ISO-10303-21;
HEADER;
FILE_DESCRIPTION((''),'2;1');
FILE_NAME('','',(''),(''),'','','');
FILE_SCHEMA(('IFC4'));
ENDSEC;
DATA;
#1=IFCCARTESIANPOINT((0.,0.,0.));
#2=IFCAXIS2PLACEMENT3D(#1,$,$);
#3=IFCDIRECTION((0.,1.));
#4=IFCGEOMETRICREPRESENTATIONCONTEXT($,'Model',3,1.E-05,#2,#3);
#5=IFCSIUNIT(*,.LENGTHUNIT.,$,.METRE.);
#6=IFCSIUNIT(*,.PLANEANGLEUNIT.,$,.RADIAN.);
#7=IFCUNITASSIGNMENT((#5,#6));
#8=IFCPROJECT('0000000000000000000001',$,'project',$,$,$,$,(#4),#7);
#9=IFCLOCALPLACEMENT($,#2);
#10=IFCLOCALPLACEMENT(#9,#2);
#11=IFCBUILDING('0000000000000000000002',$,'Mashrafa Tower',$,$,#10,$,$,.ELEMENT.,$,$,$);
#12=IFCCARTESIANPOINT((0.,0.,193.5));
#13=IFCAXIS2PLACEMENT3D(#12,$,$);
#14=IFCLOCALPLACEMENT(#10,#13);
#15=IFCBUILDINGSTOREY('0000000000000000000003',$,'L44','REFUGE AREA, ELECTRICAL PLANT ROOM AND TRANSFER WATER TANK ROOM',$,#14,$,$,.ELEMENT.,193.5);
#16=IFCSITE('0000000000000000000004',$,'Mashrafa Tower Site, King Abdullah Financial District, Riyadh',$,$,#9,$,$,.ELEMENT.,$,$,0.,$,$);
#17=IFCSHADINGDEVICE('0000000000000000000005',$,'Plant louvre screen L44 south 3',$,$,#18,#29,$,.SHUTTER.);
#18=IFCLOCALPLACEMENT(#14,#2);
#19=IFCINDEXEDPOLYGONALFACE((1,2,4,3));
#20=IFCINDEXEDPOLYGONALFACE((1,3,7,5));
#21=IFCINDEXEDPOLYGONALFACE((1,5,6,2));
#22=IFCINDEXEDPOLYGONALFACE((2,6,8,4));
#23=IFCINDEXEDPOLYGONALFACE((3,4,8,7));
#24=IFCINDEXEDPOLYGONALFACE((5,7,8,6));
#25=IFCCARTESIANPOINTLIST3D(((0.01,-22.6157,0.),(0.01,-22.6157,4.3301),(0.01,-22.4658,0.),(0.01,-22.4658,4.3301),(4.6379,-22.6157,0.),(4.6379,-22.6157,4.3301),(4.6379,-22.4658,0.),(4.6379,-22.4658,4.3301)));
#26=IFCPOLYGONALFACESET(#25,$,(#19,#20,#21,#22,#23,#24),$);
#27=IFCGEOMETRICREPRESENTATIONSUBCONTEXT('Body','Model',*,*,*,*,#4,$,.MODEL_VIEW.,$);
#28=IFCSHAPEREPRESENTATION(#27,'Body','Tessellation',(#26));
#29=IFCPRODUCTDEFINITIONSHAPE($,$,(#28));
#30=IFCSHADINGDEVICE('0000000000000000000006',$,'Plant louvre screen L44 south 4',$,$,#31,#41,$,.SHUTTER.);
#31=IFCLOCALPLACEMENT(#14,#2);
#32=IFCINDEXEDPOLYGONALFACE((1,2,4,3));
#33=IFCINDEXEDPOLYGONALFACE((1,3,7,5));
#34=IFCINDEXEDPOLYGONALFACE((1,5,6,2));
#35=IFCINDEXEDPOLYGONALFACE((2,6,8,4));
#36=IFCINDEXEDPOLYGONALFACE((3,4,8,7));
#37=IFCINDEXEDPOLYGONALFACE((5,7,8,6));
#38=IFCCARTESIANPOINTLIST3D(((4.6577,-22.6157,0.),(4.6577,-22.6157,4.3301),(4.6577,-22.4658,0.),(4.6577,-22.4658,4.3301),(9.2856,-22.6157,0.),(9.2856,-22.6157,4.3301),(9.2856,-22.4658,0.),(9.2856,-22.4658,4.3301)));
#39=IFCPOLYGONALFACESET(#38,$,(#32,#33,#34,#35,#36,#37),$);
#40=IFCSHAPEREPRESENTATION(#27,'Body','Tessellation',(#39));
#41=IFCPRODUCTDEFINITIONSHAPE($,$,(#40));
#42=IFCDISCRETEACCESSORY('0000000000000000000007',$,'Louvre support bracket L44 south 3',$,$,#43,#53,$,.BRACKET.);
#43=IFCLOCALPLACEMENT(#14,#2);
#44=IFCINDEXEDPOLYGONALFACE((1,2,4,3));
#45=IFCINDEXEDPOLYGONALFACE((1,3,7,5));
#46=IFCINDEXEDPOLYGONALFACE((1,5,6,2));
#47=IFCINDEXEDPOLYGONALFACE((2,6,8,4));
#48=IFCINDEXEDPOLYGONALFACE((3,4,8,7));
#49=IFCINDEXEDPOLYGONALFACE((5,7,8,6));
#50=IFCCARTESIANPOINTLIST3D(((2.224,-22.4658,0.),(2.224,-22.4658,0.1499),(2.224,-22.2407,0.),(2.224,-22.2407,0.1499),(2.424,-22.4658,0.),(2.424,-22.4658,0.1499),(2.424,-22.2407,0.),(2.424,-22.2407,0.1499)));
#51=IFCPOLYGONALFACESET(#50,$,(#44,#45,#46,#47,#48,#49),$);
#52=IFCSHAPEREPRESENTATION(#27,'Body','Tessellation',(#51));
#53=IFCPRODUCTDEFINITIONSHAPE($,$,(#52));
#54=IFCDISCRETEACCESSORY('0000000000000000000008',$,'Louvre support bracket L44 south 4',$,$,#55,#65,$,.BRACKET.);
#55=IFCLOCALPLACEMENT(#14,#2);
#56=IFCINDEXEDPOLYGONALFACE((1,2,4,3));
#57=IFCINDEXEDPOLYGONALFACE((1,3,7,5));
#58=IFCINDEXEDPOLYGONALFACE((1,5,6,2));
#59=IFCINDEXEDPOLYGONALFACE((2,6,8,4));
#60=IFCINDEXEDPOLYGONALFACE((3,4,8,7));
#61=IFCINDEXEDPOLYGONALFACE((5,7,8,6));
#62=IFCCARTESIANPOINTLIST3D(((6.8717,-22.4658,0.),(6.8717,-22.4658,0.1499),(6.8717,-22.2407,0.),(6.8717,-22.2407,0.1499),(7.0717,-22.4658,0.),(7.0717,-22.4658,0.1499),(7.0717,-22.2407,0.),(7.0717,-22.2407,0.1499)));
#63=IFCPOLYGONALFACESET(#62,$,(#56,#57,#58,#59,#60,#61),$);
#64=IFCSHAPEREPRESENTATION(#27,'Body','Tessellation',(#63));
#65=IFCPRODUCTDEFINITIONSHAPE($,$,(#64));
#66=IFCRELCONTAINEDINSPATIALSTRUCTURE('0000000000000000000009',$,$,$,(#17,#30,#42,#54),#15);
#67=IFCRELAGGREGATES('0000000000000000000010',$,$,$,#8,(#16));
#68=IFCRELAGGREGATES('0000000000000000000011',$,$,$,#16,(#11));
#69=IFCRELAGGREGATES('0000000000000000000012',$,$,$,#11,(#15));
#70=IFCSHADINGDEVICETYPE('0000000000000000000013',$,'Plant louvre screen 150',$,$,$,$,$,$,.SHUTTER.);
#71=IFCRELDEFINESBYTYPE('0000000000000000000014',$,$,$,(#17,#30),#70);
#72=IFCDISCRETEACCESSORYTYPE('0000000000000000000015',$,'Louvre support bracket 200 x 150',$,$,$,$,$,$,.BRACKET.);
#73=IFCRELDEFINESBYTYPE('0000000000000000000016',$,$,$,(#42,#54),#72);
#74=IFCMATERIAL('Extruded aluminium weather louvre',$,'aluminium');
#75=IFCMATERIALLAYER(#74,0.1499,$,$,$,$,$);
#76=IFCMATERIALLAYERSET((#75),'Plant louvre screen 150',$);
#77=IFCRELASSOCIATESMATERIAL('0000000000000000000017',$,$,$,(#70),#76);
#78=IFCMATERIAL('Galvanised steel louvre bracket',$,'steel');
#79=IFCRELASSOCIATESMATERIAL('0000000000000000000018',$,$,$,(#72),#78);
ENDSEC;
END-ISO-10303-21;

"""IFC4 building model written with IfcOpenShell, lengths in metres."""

from ifc_helpers import new_model, si_unit, direction, frame, origin, origin_2d, place, context, subcontext, project, spatial, rectangle, extrude, source, transform, mapped, material, layer, layer_set, type_object, type_shapes, element, save


model = new_model("IFC4")

# Units and contexts
model_context = context("Model", 3, precision=1e-05, world=origin(), true_north=direction((0.0, 1.0)))
body_context = subcontext(model_context, "Body", "Model", "MODEL_VIEW")
ifc_project = project(units=[si_unit("LENGTHUNIT", "METRE"), si_unit("PLANEANGLEUNIT", "RADIAN")], contexts=[model_context])

# Site, building, storey
site_placement = place(None, origin())
site = spatial("IfcSite", under=ifc_project, at=site_placement, Name="Mashrafa Tower Site, King Abdullah Financial District, Riyadh", CompositionType="ELEMENT", RefElevation=0.0)
building_placement = place(site_placement, origin())
building = spatial("IfcBuilding", under=site, at=building_placement, Name="Mashrafa Tower", CompositionType="ELEMENT")
storey_placement = place(building_placement, frame((0.0, 0.0, 193.5)))
storey = spatial("IfcBuildingStorey", under=building, at=storey_placement, Name="L44", Description="REFUGE AREA, ELECTRICAL PLANT ROOM AND TRANSFER WATER TANK ROOM", CompositionType="ELEMENT", Elevation=193.5)

# Shading devices
ifc_material_1 = material(Name="Extruded aluminium weather louvre", Category="aluminium")
ifc_layer_1 = layer(ifc_material_1, 0.1499)
ifc_layer_set_1 = layer_set([ifc_layer_1], Name="Plant louvre screen 150")
shading_device_type = type_object("IfcShadingDeviceType", Name="Plant louvre screen 150", PredefinedType="SHUTTER", material=ifc_layer_set_1)
shared_shape_1 = source(origin(), body_context, "Body", "SweptSolid", [
    extrude(rectangle(XDim=4.6279, YDim=0.1499, at=origin_2d()), origin(), (0.0, 0.0, 1.0), 4.3301),
])
type_shapes(shading_device_type, [shared_shape_1])
for number, where, z_axis, x_axis, name in (
    (1, (2.324, -22.5408, 0.0), (0.0, 0.0, 1.0), (1.0, 0.0, 0.0), "Plant louvre screen L44 south 3"),
    (2, (6.9717, -22.5408, 0.0), (0.0, 0.0, 1.0), (1.0, 0.0, 0.0), "Plant louvre screen L44 south 4"),
):
    element("IfcShadingDevice", number, at=place(storey_placement, frame(where, z_axis=z_axis, x_axis=x_axis)), inside=storey, type_object=shading_device_type, Name=name, PredefinedType="SHUTTER", context=body_context, shape_type="MappedRepresentation", body=[
        mapped(shared_shape_1, transform((0.0, 0.0, 0.0))),
    ])

# Discrete accessories
ifc_material_2 = material(Name="Galvanised steel louvre bracket", Category="steel")
discrete_accessory_type = type_object("IfcDiscreteAccessoryType", Name="Louvre support bracket 200 x 150", PredefinedType="BRACKET", material=ifc_material_2)
shared_shape_2 = source(origin(), body_context, "Body", "SweptSolid", [
    extrude(rectangle(XDim=0.2, YDim=0.2251, at=origin_2d()), origin(), (0.0, 0.0, 1.0), 0.1499),
])
type_shapes(discrete_accessory_type, [shared_shape_2])
for number, where, z_axis, x_axis, name in (
    (3, (2.324, -22.3533, 0.0), (0.0, 0.0, 1.0), (1.0, 0.0, 0.0), "Louvre support bracket L44 south 3"),
    (4, (6.9717, -22.3533, 0.0), (0.0, 0.0, 1.0), (1.0, 0.0, 0.0), "Louvre support bracket L44 south 4"),
):
    element("IfcDiscreteAccessory", number, at=place(storey_placement, frame(where, z_axis=z_axis, x_axis=x_axis)), inside=storey, type_object=discrete_accessory_type, Name=name, PredefinedType="BRACKET", context=body_context, shape_type="MappedRepresentation", body=[
        mapped(shared_shape_2, transform((0.0, 0.0, 0.0))),
    ])

save(model, "model.ifc")
